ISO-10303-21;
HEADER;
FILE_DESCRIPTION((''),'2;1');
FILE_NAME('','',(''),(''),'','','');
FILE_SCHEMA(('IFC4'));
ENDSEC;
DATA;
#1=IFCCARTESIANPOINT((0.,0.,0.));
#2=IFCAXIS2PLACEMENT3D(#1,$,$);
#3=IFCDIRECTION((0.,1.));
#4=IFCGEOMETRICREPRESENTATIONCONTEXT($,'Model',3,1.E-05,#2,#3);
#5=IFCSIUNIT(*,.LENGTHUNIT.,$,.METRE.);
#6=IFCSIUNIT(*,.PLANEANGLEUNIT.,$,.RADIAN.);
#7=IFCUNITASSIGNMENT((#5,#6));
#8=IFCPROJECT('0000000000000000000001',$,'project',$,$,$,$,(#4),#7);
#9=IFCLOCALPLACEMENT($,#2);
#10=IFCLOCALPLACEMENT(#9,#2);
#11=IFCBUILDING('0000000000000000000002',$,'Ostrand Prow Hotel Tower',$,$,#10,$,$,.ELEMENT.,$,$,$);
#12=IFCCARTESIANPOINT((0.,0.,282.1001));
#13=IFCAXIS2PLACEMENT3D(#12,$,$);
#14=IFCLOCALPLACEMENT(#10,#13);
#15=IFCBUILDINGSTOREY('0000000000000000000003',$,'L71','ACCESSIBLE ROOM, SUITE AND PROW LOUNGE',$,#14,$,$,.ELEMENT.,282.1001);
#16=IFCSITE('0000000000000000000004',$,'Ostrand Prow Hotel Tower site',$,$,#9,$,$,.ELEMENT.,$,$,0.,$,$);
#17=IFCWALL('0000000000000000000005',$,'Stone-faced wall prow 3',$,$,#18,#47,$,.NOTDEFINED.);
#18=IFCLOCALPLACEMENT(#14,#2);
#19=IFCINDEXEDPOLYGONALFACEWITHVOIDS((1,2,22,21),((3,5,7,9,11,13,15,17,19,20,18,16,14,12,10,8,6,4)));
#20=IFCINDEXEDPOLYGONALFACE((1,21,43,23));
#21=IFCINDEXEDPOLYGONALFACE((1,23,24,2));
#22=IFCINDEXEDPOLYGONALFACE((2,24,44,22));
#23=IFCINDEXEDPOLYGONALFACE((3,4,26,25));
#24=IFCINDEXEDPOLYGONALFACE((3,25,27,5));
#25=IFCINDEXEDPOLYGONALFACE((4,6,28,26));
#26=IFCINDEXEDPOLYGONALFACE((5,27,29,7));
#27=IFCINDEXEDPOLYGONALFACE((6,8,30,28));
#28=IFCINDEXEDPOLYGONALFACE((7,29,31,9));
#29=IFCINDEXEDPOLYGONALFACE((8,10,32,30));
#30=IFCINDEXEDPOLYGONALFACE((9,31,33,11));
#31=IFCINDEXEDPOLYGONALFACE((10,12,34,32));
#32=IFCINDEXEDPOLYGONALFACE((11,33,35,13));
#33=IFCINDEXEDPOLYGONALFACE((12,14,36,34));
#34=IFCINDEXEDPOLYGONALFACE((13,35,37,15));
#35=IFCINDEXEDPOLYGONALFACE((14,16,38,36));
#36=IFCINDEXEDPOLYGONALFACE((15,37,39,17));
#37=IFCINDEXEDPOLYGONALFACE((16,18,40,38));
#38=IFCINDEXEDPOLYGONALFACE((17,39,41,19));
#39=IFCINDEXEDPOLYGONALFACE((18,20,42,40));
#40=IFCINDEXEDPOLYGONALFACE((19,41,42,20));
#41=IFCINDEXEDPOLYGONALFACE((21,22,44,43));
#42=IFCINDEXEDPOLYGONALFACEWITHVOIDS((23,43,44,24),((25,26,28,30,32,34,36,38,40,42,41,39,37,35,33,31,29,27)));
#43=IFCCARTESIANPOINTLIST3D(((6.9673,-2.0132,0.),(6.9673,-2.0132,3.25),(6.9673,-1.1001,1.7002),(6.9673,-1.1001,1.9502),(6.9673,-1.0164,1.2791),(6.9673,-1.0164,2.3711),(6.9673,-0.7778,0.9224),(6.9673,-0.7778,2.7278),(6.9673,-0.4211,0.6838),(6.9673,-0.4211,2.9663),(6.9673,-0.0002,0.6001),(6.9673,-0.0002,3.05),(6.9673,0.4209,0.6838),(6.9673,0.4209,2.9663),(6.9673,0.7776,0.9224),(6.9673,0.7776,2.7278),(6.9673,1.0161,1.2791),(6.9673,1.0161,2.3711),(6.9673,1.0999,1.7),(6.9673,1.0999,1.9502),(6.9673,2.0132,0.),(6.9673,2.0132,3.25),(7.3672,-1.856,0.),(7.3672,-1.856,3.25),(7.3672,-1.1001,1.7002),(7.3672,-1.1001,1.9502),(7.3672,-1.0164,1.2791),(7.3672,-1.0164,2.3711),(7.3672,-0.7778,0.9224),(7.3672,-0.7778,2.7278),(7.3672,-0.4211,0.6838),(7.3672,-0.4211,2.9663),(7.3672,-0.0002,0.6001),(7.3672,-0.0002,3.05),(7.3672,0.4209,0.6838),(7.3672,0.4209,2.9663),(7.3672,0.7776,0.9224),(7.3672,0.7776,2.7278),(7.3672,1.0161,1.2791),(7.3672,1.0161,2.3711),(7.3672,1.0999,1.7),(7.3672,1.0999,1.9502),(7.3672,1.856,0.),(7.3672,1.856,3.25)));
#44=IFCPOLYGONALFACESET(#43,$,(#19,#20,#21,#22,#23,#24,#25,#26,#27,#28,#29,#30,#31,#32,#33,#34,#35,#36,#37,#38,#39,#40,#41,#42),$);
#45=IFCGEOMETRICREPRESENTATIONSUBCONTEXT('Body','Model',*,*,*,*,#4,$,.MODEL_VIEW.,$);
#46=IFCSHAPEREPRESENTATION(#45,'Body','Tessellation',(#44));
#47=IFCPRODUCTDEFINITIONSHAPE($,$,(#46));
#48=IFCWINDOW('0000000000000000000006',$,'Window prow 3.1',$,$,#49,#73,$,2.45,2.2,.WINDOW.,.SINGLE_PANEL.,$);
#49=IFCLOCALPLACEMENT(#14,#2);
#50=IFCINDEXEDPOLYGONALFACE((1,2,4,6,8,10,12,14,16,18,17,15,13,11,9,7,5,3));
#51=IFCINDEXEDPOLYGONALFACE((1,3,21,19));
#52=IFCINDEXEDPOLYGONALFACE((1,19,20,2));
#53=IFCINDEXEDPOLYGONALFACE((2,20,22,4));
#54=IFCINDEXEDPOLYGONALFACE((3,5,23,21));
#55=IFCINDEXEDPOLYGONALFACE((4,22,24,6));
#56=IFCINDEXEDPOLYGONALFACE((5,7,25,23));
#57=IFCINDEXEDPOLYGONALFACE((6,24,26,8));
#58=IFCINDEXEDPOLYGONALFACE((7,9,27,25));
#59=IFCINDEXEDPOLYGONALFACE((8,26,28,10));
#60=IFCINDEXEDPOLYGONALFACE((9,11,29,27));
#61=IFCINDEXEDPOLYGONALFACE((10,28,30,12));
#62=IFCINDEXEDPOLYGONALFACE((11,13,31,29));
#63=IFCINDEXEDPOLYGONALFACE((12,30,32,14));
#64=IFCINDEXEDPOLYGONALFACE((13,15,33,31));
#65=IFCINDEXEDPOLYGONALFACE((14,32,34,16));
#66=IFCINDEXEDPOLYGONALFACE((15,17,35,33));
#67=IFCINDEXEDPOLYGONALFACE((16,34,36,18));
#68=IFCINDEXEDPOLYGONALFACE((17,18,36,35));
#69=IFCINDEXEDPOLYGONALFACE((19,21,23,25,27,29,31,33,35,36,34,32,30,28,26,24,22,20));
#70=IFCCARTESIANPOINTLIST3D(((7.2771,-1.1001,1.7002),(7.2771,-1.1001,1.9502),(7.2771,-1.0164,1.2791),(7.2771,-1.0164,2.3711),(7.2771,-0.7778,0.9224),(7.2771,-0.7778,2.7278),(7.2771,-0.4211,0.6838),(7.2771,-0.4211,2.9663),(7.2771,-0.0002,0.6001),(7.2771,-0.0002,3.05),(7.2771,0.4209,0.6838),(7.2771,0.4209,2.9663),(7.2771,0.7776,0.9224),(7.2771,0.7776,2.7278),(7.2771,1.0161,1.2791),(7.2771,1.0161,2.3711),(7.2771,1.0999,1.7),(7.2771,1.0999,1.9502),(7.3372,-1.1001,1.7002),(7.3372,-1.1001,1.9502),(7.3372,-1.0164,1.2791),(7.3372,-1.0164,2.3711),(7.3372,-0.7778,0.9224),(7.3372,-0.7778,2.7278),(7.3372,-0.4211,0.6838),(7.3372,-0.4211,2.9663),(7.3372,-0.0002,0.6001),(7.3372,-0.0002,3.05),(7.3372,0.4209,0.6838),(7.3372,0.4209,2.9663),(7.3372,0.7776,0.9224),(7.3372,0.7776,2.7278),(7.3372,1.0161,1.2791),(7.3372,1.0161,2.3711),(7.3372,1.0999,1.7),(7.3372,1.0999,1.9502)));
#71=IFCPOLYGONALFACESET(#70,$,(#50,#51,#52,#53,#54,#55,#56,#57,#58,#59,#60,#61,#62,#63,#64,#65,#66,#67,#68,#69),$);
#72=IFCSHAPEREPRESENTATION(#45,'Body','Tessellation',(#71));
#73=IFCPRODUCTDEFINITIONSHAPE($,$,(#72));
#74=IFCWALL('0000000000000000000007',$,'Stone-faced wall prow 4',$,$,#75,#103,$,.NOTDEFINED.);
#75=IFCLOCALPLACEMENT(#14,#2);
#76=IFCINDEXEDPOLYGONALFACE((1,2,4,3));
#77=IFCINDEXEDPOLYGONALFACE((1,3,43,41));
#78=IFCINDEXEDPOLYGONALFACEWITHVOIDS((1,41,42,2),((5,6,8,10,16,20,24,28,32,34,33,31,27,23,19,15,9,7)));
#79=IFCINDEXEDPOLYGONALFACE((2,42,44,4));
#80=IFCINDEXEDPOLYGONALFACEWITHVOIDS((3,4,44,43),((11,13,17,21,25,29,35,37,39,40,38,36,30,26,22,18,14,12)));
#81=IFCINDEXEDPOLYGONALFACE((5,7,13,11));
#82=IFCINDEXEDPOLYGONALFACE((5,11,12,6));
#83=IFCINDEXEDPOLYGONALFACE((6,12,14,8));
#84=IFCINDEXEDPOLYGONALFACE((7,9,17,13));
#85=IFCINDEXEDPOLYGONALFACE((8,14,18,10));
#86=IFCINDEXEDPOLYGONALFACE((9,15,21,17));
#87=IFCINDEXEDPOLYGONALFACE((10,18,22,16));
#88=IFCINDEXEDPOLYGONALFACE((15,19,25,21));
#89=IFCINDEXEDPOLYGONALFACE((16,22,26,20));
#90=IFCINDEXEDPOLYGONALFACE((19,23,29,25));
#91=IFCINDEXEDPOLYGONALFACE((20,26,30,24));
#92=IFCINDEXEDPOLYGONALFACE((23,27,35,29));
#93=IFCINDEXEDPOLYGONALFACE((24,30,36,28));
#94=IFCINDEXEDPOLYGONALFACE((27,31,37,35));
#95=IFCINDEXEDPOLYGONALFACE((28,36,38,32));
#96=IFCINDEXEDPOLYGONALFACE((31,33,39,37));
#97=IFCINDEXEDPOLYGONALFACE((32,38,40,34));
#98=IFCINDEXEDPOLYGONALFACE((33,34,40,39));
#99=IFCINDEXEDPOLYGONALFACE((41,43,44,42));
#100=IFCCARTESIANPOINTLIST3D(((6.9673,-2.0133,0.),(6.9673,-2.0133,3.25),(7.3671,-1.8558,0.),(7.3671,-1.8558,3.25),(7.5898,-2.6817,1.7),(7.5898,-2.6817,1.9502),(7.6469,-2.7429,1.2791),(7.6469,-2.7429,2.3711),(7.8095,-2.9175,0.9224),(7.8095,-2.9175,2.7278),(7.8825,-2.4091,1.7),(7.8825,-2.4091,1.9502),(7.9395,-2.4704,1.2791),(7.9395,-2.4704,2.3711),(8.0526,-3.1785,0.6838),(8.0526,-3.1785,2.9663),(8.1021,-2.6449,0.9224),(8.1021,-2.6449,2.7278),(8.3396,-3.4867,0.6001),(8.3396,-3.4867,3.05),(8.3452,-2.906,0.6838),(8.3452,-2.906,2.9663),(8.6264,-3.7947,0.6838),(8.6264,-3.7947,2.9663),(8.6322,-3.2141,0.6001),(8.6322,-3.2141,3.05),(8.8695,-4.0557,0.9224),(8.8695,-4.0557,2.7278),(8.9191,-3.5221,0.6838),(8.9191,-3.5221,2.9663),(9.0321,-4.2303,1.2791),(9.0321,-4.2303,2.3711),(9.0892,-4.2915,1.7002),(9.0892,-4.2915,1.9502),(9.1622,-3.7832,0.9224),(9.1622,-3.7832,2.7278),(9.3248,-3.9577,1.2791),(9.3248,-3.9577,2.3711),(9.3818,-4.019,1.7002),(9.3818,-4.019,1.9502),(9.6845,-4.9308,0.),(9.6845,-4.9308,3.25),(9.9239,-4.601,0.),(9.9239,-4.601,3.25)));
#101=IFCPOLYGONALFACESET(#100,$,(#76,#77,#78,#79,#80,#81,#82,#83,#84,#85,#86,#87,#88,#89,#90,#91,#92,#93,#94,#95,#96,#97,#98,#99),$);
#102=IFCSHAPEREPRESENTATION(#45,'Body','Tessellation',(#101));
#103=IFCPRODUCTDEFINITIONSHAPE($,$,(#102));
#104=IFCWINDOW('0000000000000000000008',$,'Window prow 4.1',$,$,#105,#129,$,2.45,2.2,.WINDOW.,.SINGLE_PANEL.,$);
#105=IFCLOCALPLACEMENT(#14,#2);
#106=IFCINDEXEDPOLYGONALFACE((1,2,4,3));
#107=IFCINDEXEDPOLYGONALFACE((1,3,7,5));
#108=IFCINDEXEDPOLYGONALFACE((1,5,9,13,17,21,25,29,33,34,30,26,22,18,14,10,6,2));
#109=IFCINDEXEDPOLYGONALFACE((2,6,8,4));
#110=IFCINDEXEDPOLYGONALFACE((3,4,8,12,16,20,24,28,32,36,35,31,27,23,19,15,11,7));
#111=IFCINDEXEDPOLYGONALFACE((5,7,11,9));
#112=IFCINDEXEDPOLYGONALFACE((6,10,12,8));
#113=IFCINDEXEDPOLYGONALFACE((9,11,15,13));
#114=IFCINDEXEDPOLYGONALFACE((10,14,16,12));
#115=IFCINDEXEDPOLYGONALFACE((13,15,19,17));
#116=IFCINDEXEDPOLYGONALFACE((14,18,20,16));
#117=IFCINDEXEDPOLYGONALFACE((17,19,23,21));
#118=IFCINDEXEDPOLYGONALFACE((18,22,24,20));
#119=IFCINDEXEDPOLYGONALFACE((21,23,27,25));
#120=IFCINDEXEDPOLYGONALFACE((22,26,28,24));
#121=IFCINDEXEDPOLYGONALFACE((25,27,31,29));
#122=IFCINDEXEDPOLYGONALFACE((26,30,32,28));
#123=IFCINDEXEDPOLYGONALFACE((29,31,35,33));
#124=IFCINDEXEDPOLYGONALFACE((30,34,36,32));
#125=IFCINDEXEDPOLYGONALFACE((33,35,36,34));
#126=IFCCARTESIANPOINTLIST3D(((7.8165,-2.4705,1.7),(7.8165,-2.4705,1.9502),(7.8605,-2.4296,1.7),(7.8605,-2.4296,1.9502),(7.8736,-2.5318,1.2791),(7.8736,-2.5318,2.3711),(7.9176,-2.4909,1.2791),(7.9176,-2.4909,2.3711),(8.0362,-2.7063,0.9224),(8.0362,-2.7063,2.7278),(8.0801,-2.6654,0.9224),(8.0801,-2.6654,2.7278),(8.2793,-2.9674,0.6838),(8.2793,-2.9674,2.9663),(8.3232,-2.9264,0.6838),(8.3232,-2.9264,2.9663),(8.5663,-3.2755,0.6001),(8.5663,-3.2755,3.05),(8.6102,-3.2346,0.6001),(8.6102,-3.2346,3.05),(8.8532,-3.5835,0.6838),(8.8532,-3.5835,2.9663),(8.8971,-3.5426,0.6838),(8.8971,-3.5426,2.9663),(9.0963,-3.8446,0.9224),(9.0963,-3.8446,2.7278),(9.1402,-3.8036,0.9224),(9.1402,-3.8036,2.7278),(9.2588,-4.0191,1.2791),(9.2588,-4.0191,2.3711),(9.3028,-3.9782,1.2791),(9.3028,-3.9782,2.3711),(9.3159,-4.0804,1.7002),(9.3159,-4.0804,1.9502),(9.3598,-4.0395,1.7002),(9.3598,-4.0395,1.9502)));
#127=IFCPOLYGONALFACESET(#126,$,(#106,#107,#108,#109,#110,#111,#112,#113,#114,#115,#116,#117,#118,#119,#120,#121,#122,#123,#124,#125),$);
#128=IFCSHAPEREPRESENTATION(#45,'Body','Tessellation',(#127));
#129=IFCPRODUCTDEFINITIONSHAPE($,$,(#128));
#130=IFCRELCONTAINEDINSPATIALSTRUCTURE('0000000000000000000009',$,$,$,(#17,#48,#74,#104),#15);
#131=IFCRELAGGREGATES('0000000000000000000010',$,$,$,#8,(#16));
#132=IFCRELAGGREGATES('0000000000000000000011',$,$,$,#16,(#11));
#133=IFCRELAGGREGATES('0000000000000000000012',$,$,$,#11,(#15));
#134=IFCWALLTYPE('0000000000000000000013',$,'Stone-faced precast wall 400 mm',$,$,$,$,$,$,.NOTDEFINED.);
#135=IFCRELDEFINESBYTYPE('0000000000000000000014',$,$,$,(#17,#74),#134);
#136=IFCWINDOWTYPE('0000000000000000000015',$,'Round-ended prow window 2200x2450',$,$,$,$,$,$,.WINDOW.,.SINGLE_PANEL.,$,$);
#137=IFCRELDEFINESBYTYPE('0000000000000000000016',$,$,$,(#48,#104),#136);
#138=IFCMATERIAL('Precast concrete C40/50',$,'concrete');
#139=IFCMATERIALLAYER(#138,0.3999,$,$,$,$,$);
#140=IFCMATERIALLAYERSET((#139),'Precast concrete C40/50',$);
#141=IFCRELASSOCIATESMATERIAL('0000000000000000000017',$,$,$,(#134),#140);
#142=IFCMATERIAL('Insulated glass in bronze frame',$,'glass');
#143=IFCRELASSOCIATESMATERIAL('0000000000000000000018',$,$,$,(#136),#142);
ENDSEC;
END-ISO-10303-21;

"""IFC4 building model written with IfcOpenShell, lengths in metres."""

from ifc_helpers import new_model, si_unit, direction, frame, origin, place, context, subcontext, project, spatial, polyline, outline, extrude, material, layer, layer_set, type_object, element, fill, save


model = new_model("IFC4")

# Units and contexts
model_context = context("Model", 3, precision=1e-05, world=origin(), true_north=direction((0.0, 1.0)))
body_context = subcontext(model_context, "Body", "Model", "MODEL_VIEW")
ifc_project = project(units=[si_unit("LENGTHUNIT", "METRE"), si_unit("PLANEANGLEUNIT", "RADIAN")], contexts=[model_context])

# Site, building, storey
site_placement = place(None, origin())
site = spatial("IfcSite", under=ifc_project, at=site_placement, Name="Ostrand Prow Hotel Tower site", CompositionType="ELEMENT", RefElevation=0.0)
building_placement = place(site_placement, origin())
building = spatial("IfcBuilding", under=site, at=building_placement, Name="Ostrand Prow Hotel Tower", CompositionType="ELEMENT")
storey_placement = place(building_placement, frame((0.0, 0.0, 282.1001)))
storey = spatial("IfcBuildingStorey", under=building, at=storey_placement, Name="L71", Description="ACCESSIBLE ROOM, SUITE AND PROW LOUNGE", CompositionType="ELEMENT", Elevation=282.1001)

# Walls, openings, windows
ifc_material_1 = material(Name="Precast concrete C40/50", Category="concrete")
ifc_layer_1 = layer(ifc_material_1, 0.3999)
ifc_layer_set_1 = layer_set([ifc_layer_1], Name="Precast concrete C40/50")
wall_type_1 = type_object("IfcWallType", Name="Stone-faced precast wall 400 mm", PredefinedType="NOTDEFINED", material=ifc_layer_set_1)
ifc_material_2 = material(Name="Insulated glass in bronze frame", Category="glass")
window_type = type_object("IfcWindowType", Name="Round-ended prow window 2200x2450", PartitioningType="SINGLE_PANEL", PredefinedType="WINDOW", material=ifc_material_2)
wall_1_placement = place(storey_placement, frame((7.1672, 1.9346, 0.0), z_axis=(0.0, 0.0, 1.0), x_axis=(0.0, -1.0, 0.0)))
wall_1 = element("IfcWall", 1, at=wall_1_placement, inside=storey, type_object=wall_type_1, Name="Stone-faced wall prow 3", PredefinedType="NOTDEFINED", context=body_context, shape_type="SweptSolid", body=[
    extrude(outline(polyline([(-0.0786, -0.2), (3.9478, -0.2), (3.7905, 0.2), (0.0786, 0.2), (-0.0786, -0.2)])), origin(), (0.0, 0.0, 1.0), 3.25),
])
opening_1_placement = place(wall_1_placement, frame((0.8347, 0.0, 0.6001)))
opening_1 = element("IfcOpeningElement", 2, at=opening_1_placement, cuts=wall_1, PredefinedType="OPENING", context=body_context, shape_type="SweptSolid", body=[
    extrude(outline(polyline([(0.0, 1.3501), (0.0837, 1.771), (0.3223, 2.1277), (0.679, 2.3662), (1.1001, 2.45), (1.521, 2.3662), (1.8777, 2.1277), (2.1162, 1.771), (2.2, 1.3501), (2.2, 1.1001), (2.1162, 0.679), (1.8777, 0.3223), (1.521, 0.0837), (1.1001, 0.0), (0.679, 0.0837), (0.3223, 0.3223), (0.0837, 0.679), (0.0, 1.0999), (0.0, 1.3501)])), frame((0.0, 0.21, 0.0), z_axis=(0.0, -1.0, 0.0), x_axis=(1.0, 0.0, 0.0)), (0.0, 0.0, 1.0), 0.4199),
])
window_1_placement = place(opening_1_placement, origin())
window_1 = element("IfcWindow", 3, at=window_1_placement, inside=storey, type_object=window_type, Name="Window prow 3.1", OverallHeight=2.45, OverallWidth=2.2, PartitioningType="SINGLE_PANEL", PredefinedType="WINDOW", context=body_context, shape_type="SweptSolid", body=[
    extrude(outline(polyline([(0.0, 1.3501), (0.0837, 1.771), (0.3223, 2.1277), (0.679, 2.3662), (1.1001, 2.45), (1.521, 2.3662), (1.8777, 2.1277), (2.1162, 1.771), (2.2, 1.3501), (2.2, 1.1001), (2.1162, 0.679), (1.8777, 0.3223), (1.521, 0.0837), (1.1001, 0.0), (0.679, 0.0837), (0.3223, 0.3223), (0.0837, 0.679), (0.0, 1.0999), (0.0, 1.3501)])), frame((0.0, 0.1699, 0.0), z_axis=(0.0, -1.0, 0.0), x_axis=(1.0, 0.0, 0.0)), (0.0, 0.0, 1.0), 0.0601),
])
fill(opening_1, window_1)
wall_2_placement = place(storey_placement, frame((7.1672, -1.9346, 0.0), z_axis=(0.0, 0.0, 1.0), x_axis=(0.681547, -0.731775, 0.0)))
wall_2 = element("IfcWall", 4, at=wall_2_placement, inside=storey, type_object=wall_type_1, Name="Stone-faced wall prow 4", PredefinedType="NOTDEFINED", context=body_context, shape_type="SweptSolid", body=[
    extrude(outline(polyline([(-0.0786, -0.2), (3.9082, -0.2), (3.8301, 0.2), (0.0786, 0.2), (-0.0786, -0.2)])), origin(), (0.0, 0.0, 1.0), 3.25),
])
opening_2_placement = place(wall_2_placement, frame((0.8347, 0.0, 0.6001)))
opening_2 = element("IfcOpeningElement", 5, at=opening_2_placement, cuts=wall_2, PredefinedType="OPENING", context=body_context, shape_type="SweptSolid", body=[
    extrude(outline(polyline([(0.0, 1.3501), (0.0837, 1.771), (0.3223, 2.1277), (0.679, 2.3662), (1.1001, 2.45), (1.521, 2.3662), (1.8777, 2.1277), (2.1162, 1.771), (2.2, 1.3501), (2.2, 1.1001), (2.1162, 0.679), (1.8777, 0.3223), (1.521, 0.0837), (1.1001, 0.0), (0.679, 0.0837), (0.3223, 0.3223), (0.0837, 0.679), (0.0, 1.0999), (0.0, 1.3501)])), frame((0.0, 0.21, 0.0), z_axis=(0.0, -1.0, 0.0), x_axis=(1.0, 0.0, 0.0)), (0.0, 0.0, 1.0), 0.4199),
])
window_2_placement = place(opening_2_placement, origin())
window_2 = element("IfcWindow", 6, at=window_2_placement, inside=storey, type_object=window_type, Name="Window prow 4.1", OverallHeight=2.45, OverallWidth=2.2, PartitioningType="SINGLE_PANEL", PredefinedType="WINDOW", context=body_context, shape_type="SweptSolid", body=[
    extrude(outline(polyline([(0.0, 1.3501), (0.0837, 1.771), (0.3223, 2.1277), (0.679, 2.3662), (1.1001, 2.45), (1.521, 2.3662), (1.8777, 2.1277), (2.1162, 1.771), (2.2, 1.3501), (2.2, 1.1001), (2.1162, 0.679), (1.8777, 0.3223), (1.521, 0.0837), (1.1001, 0.0), (0.679, 0.0837), (0.3223, 0.3223), (0.0837, 0.679), (0.0, 1.0999), (0.0, 1.3501)])), frame((0.0, 0.1699, 0.0), z_axis=(0.0, -1.0, 0.0), x_axis=(1.0, 0.0, 0.0)), (0.0, 0.0, 1.0), 0.0601),
])
fill(opening_2, window_2)

save(model, "model.ifc")
